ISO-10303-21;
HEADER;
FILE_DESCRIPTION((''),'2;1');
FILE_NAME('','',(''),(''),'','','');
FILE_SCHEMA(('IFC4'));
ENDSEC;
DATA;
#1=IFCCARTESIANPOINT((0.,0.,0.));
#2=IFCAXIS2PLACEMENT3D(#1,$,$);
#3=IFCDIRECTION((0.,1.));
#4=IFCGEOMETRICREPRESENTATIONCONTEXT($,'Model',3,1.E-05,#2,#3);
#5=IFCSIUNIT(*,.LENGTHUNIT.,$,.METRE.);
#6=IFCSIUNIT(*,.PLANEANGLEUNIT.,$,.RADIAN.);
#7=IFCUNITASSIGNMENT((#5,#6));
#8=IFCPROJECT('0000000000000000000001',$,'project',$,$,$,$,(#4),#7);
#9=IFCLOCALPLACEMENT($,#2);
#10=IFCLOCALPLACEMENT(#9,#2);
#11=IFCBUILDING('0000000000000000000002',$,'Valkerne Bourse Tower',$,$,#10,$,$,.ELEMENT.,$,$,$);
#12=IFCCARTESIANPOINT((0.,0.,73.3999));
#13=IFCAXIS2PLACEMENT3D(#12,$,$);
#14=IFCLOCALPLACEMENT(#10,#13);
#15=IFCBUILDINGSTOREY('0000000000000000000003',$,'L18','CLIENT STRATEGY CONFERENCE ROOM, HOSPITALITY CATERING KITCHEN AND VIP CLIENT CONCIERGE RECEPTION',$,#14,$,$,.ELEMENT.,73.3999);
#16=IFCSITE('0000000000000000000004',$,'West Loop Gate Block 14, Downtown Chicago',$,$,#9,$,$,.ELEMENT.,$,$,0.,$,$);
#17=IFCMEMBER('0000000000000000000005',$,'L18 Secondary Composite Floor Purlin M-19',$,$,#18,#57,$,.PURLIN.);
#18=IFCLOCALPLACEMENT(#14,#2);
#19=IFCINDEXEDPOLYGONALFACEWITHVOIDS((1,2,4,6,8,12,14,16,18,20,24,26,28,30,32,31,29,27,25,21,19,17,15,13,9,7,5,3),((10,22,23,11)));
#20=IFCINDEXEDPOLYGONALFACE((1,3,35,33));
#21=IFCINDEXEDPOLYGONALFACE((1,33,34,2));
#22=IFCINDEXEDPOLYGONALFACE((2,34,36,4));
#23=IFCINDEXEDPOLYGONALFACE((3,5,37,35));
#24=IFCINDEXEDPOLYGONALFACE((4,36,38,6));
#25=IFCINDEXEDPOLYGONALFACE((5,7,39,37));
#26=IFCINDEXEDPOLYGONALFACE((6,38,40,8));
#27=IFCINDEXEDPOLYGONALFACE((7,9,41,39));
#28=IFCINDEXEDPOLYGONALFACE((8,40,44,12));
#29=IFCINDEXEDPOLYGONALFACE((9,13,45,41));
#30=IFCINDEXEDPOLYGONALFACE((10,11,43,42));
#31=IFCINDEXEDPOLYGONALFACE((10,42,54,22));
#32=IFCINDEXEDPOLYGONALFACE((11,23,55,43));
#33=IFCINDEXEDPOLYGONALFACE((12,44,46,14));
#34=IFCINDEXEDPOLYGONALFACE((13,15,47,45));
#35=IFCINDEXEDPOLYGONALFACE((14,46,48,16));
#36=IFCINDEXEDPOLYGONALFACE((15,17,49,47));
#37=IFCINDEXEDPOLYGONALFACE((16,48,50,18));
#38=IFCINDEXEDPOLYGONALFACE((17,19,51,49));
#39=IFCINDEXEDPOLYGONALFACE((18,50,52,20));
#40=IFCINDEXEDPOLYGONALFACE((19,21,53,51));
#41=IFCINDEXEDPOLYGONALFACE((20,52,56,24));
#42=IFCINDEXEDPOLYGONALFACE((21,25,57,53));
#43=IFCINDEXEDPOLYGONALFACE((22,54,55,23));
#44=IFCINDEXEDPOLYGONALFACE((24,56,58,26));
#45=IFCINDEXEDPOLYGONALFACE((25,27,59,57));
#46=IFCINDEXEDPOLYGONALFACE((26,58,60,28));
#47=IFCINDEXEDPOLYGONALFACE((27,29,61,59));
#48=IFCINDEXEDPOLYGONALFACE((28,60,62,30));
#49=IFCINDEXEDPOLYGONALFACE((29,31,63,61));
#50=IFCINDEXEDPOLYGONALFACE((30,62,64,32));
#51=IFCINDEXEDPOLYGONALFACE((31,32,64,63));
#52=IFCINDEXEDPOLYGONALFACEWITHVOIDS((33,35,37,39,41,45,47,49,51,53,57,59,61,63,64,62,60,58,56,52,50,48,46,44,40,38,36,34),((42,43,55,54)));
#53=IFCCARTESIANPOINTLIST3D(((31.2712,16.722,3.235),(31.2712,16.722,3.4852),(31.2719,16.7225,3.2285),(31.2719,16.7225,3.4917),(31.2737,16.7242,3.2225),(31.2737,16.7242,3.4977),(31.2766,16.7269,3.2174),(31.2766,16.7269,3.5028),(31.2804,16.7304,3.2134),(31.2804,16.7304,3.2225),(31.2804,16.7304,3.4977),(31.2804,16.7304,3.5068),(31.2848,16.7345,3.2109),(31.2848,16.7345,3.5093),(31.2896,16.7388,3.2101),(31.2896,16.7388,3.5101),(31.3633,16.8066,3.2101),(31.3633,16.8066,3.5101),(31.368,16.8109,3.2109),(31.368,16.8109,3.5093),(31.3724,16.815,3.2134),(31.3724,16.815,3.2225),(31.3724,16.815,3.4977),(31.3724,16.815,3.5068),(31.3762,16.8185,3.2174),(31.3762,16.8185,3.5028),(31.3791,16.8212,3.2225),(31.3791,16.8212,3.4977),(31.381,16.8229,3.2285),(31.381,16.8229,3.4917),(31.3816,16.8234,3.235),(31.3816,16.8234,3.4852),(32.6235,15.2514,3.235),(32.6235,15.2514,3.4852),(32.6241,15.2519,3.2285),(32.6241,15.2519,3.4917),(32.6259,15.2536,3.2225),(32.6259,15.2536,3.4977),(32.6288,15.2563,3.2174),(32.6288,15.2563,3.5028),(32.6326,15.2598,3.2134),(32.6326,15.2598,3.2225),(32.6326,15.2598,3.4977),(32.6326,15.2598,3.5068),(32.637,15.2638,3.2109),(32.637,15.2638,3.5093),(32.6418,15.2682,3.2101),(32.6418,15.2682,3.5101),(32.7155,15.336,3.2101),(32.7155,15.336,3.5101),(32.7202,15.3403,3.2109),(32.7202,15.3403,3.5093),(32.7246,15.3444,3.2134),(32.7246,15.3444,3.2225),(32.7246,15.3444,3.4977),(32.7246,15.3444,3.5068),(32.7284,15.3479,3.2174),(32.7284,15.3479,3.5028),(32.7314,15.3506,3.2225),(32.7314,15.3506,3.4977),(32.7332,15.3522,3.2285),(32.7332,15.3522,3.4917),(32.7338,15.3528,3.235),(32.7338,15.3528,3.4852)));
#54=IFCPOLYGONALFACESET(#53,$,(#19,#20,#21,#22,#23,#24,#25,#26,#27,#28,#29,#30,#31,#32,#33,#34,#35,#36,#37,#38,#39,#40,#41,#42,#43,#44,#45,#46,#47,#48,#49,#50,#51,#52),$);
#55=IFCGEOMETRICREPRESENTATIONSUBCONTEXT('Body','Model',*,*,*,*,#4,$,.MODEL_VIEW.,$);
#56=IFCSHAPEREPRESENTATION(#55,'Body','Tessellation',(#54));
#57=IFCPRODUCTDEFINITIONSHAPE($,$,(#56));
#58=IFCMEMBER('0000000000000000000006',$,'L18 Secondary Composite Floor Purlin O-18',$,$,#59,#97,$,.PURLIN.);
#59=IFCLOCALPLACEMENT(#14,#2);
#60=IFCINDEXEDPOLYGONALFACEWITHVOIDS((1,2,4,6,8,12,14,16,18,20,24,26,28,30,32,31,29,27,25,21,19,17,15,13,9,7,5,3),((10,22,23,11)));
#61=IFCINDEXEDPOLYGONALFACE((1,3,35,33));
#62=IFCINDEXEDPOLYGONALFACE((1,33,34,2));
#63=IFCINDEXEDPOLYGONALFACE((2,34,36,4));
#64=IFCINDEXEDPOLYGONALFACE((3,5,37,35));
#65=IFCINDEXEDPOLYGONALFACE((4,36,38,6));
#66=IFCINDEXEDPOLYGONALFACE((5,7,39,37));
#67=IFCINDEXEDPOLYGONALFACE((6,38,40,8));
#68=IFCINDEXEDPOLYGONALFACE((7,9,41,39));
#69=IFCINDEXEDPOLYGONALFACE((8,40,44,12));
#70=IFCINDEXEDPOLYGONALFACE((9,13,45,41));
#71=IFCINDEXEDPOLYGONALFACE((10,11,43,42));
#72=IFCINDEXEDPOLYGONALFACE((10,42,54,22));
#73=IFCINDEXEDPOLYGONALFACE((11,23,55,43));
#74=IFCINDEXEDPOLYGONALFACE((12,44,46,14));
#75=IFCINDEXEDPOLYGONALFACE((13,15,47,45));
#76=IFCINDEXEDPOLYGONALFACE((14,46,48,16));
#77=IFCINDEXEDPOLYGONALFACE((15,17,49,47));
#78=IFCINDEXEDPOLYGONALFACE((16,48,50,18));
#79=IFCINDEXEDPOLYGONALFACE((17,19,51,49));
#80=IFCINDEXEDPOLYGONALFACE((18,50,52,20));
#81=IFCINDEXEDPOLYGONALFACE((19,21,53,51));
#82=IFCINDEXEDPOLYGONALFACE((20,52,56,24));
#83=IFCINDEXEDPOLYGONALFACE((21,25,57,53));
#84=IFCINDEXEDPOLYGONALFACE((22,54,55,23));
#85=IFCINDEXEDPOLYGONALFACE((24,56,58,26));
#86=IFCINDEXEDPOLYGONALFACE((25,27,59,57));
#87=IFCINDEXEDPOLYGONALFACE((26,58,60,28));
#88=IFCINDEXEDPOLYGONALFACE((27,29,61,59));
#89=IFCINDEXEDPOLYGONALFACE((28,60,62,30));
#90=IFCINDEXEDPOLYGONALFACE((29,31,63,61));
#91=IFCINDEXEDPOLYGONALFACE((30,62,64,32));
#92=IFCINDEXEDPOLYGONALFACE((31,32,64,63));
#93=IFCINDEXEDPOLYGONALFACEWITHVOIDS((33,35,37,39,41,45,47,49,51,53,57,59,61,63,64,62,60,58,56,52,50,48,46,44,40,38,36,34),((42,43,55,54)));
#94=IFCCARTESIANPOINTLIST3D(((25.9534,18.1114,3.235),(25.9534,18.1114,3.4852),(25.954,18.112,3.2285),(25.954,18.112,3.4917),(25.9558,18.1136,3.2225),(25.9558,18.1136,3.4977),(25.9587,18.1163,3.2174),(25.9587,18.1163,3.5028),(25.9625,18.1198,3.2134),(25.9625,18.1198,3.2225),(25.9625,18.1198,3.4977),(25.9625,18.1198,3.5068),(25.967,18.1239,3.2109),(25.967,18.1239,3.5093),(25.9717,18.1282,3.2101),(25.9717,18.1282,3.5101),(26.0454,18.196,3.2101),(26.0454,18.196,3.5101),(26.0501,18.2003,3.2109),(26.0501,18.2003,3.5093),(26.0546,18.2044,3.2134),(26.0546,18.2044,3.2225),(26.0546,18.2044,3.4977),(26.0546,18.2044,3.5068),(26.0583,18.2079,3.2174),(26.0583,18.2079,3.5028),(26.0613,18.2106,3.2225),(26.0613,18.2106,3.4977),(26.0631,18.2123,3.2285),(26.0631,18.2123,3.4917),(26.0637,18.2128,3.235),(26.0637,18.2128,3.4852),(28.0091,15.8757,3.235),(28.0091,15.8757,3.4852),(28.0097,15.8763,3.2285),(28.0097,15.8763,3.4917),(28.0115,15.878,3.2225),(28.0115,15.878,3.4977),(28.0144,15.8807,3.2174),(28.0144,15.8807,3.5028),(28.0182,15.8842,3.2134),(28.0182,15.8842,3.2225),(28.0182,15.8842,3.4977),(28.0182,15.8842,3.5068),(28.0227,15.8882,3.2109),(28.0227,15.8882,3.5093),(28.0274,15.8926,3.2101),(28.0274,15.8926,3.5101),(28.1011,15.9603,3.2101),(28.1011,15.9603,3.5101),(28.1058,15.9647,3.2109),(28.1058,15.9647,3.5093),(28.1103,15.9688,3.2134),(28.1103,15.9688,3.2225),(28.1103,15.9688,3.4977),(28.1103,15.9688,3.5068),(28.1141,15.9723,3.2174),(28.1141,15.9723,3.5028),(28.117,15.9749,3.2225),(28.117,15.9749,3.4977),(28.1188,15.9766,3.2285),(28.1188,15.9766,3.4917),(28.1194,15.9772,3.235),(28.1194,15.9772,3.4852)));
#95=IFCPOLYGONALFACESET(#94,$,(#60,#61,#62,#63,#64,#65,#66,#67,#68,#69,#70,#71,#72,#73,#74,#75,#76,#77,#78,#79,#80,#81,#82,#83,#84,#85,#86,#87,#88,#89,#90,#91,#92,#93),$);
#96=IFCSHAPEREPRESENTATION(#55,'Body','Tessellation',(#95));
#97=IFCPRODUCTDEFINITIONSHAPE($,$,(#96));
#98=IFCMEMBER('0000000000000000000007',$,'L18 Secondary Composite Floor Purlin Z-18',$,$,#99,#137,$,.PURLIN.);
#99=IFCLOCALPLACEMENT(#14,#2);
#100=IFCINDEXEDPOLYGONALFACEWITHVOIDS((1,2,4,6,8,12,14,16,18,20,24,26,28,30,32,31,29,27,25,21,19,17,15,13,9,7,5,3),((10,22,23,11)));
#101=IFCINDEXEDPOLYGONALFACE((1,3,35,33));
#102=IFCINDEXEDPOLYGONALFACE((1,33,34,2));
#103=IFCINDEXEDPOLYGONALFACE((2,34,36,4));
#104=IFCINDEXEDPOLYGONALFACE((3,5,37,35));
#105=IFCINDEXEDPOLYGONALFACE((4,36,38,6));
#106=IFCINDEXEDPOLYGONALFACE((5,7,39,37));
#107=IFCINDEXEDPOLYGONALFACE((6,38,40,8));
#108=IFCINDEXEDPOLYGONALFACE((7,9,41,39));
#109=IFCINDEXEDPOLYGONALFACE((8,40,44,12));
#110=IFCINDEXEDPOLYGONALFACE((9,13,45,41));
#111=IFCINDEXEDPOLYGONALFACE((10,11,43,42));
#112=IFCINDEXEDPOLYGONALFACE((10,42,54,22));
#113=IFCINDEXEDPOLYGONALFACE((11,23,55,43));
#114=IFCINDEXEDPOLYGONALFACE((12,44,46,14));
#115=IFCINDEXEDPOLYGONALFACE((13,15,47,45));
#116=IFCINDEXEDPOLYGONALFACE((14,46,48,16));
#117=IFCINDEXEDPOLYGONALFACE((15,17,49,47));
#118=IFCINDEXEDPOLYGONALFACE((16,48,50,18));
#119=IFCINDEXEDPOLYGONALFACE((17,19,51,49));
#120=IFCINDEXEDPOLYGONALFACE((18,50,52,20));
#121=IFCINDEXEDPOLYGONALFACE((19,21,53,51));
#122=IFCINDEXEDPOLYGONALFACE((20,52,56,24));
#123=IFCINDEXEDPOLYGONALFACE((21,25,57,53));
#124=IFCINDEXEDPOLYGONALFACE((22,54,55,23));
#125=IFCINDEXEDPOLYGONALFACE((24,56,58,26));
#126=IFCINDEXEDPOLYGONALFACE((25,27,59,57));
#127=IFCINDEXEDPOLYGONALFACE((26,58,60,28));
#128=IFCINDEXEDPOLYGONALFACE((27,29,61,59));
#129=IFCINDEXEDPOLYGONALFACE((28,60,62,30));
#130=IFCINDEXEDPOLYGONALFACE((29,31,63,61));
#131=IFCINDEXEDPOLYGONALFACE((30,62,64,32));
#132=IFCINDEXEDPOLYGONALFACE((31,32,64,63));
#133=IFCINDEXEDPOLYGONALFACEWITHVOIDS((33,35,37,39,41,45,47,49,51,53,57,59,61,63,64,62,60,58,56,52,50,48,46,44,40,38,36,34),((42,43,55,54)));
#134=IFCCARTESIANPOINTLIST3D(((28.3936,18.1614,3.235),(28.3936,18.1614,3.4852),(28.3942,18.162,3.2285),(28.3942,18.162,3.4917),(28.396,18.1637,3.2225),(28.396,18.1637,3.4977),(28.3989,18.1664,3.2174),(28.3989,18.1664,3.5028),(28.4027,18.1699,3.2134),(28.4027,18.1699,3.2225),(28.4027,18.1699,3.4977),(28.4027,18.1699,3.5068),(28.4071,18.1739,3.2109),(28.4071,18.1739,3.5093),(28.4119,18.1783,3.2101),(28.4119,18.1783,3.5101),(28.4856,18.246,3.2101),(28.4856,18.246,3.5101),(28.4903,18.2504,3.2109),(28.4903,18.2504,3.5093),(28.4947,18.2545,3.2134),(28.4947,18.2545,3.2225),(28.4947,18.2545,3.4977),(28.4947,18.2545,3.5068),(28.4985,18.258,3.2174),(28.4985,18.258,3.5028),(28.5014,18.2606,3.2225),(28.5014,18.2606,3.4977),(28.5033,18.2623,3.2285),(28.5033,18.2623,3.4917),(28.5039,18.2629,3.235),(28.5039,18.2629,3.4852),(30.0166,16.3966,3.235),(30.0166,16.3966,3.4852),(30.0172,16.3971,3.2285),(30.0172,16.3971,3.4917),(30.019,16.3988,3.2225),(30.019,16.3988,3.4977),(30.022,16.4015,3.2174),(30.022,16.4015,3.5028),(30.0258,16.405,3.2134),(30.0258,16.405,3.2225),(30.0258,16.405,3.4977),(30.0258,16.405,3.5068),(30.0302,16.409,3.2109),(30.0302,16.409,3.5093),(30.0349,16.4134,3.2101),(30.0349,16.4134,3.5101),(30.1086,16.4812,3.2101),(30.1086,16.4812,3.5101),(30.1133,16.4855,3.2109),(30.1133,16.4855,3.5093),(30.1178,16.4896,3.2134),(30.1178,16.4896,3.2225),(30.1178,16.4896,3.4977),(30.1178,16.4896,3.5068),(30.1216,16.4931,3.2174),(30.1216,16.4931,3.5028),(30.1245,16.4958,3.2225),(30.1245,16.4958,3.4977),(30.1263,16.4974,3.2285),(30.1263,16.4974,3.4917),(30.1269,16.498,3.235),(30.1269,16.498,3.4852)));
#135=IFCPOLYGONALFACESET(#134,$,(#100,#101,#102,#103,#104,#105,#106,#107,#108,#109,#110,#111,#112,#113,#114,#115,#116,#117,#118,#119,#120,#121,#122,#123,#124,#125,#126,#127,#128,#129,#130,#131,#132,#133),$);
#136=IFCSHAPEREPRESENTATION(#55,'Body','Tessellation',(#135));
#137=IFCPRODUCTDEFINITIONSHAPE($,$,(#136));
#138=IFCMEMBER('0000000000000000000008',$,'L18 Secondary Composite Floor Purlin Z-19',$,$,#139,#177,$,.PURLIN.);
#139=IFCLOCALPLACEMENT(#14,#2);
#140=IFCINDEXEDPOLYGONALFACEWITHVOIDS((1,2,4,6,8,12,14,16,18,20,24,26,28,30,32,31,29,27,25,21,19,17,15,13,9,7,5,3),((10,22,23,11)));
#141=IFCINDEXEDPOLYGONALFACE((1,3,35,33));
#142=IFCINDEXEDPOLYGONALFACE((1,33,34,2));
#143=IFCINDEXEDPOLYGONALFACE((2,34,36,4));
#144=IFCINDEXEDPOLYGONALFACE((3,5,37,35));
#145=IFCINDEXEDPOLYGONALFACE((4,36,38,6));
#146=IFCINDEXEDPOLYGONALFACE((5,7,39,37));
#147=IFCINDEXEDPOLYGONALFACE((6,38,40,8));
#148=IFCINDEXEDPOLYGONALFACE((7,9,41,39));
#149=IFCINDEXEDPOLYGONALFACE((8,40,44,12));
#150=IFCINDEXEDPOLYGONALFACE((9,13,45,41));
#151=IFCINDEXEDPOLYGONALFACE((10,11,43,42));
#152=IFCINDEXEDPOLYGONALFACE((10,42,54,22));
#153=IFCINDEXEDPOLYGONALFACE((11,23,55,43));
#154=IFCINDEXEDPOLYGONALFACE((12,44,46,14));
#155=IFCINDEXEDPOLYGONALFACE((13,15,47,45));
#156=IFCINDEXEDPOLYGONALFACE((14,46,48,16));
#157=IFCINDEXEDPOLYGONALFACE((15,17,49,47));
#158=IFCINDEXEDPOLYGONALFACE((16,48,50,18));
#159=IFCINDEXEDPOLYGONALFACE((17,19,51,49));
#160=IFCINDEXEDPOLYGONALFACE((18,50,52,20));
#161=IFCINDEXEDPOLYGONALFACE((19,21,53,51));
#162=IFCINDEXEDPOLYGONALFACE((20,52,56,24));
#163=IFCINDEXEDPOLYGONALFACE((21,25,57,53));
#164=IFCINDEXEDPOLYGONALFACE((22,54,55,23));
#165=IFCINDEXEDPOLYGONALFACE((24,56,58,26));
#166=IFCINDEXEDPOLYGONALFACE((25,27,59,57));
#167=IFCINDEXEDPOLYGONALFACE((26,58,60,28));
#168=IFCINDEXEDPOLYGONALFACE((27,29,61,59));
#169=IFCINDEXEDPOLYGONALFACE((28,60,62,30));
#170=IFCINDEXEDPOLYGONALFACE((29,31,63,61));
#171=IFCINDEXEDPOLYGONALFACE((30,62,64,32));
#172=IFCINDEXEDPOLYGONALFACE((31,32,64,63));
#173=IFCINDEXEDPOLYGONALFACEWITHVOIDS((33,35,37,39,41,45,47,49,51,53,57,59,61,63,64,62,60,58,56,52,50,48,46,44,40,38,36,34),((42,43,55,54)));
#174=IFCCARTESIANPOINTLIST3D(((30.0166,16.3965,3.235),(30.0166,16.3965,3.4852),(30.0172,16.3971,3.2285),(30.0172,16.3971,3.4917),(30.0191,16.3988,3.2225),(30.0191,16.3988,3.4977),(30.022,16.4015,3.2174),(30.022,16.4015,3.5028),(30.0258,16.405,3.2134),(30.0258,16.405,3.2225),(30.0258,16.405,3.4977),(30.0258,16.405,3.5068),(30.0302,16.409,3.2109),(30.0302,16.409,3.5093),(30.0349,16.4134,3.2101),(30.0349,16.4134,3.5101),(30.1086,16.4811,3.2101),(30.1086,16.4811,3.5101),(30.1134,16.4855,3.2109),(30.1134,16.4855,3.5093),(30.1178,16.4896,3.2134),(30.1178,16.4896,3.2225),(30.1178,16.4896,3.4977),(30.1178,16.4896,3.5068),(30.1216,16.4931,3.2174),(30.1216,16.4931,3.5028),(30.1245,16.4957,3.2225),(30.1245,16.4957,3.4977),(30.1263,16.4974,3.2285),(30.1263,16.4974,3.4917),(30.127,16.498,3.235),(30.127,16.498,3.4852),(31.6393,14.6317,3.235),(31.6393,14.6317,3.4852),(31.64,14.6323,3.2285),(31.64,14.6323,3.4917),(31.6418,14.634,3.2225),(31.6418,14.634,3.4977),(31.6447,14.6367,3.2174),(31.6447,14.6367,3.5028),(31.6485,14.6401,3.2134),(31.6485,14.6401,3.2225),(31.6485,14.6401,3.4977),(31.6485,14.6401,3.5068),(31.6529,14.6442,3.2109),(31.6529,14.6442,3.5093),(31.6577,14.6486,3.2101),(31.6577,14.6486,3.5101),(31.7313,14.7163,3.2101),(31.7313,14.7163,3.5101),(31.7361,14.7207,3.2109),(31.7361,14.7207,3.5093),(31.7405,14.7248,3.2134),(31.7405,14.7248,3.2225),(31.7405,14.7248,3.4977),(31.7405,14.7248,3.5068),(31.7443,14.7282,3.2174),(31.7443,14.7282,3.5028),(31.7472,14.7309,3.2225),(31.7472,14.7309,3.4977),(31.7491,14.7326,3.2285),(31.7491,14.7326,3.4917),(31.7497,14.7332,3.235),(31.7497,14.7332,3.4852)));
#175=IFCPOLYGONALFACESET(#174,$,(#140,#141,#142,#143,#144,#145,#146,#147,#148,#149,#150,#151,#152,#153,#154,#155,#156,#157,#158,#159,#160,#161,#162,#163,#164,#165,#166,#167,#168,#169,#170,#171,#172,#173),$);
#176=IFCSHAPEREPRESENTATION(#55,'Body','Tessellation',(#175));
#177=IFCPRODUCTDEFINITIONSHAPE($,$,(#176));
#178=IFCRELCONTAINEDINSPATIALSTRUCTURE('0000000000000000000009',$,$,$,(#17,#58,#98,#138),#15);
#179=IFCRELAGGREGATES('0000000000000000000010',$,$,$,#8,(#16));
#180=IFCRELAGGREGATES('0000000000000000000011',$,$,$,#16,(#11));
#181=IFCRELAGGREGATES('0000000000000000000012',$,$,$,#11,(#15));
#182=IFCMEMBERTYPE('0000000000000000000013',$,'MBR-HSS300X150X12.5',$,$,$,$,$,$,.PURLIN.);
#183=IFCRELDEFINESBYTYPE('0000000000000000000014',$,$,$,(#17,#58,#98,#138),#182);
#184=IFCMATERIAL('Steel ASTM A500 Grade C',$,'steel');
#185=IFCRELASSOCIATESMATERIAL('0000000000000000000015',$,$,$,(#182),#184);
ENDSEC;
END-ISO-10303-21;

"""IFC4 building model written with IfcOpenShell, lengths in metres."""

from ifc_helpers import new_model, si_unit, direction, frame, origin, origin_2d, place, context, subcontext, project, spatial, hollow_rectangle, extrude, material, material_profile, profile_set, type_object, element, save


model = new_model("IFC4")

# Units and contexts
model_context = context("Model", 3, precision=1e-05, world=origin(), true_north=direction((0.0, 1.0)))
body_context = subcontext(model_context, "Body", "Model", "MODEL_VIEW")
ifc_project = project(units=[si_unit("LENGTHUNIT", "METRE"), si_unit("PLANEANGLEUNIT", "RADIAN")], contexts=[model_context])

# Site, building, storey
site_placement = place(None, origin())
site = spatial("IfcSite", under=ifc_project, at=site_placement, Name="West Loop Gate Block 14, Downtown Chicago", CompositionType="ELEMENT", RefElevation=0.0)
building_placement = place(site_placement, origin())
building = spatial("IfcBuilding", under=site, at=building_placement, Name="Valkerne Bourse Tower", CompositionType="ELEMENT")
storey_placement = place(building_placement, frame((0.0, 0.0, 73.3999)))
storey = spatial("IfcBuildingStorey", under=building, at=storey_placement, Name="L18", Description="CLIENT STRATEGY CONFERENCE ROOM, HOSPITALITY CATERING KITCHEN AND VIP CLIENT CONCIERGE RECEPTION", CompositionType="ELEMENT", Elevation=73.3999)

# Members
ifc_material_1 = material(Name="Steel ASTM A500 Grade C", Category="steel")
ifc_material_profile_1 = material_profile(ifc_material_1, hollow_rectangle(XDim=0.1499, YDim=0.3, WallThickness=0.0125, OuterFilletRadius=0.0249, at=origin_2d()), Name="HSS300X150X12.5")
ifc_profile_set_1 = profile_set([ifc_material_profile_1], Name="Steel ASTM A500 Grade C")
member_type_1 = type_object("IfcMemberType", Name="MBR-HSS300X150X12.5", PredefinedType="PURLIN", material=ifc_profile_set_1)
for number, where, z_axis, x_axis, name in (
    (1, (31.3264, 16.7727, 3.3601), (0.676853, -0.736119, 0.0), (0.736119, 0.676853, 0.0), "L18 Secondary Composite Floor Purlin M-19"),
):
    element("IfcMember", number, at=place(storey_placement, frame(where, z_axis=z_axis, x_axis=x_axis)), inside=storey, type_object=member_type_1, Name=name, PredefinedType="PURLIN", context=body_context, shape_type="SweptSolid", body=[
        extrude(hollow_rectangle(XDim=0.1499, YDim=0.3, WallThickness=0.0125, OuterFilletRadius=0.0249, at=origin_2d()), origin(), (0.0, 0.0, 1.0), 1.9978),
    ])
member_1_placement = place(storey_placement, frame((26.0085, 18.1621, 3.3601), z_axis=(0.676863, -0.736109, 0.0), x_axis=(0.736109, 0.676863, 0.0)))
element("IfcMember", 2, at=member_1_placement, inside=storey, type_object=member_type_1, Name="L18 Secondary Composite Floor Purlin O-18", PredefinedType="PURLIN", context=body_context, shape_type="SweptSolid", body=[
    extrude(hollow_rectangle(XDim=0.1499, YDim=0.3, WallThickness=0.0125, OuterFilletRadius=0.0249, at=origin_2d()), origin(), (0.0, 0.0, 1.0), 3.0371),
])
member_2_placement = place(storey_placement, frame((28.4487, 18.2122, 3.3601), z_axis=(0.676909, -0.736067, 0.0), x_axis=(0.736067, 0.676909, 0.0)))
element("IfcMember", 3, at=member_2_placement, inside=storey, type_object=member_type_1, Name="L18 Secondary Composite Floor Purlin Z-18", PredefinedType="PURLIN", context=body_context, shape_type="SweptSolid", body=[
    extrude(hollow_rectangle(XDim=0.1499, YDim=0.3, WallThickness=0.0125, OuterFilletRadius=0.0249, at=origin_2d()), origin(), (0.0, 0.0, 1.0), 2.3977),
])
member_3_placement = place(storey_placement, frame((30.0718, 16.4473, 3.3601), z_axis=(0.676854, -0.736118, 0.0), x_axis=(0.736118, 0.676854, 0.0)))
element("IfcMember", 4, at=member_3_placement, inside=storey, type_object=member_type_1, Name="L18 Secondary Composite Floor Purlin Z-19", PredefinedType="PURLIN", context=body_context, shape_type="SweptSolid", body=[
    extrude(hollow_rectangle(XDim=0.1499, YDim=0.3, WallThickness=0.0125, OuterFilletRadius=0.0249, at=origin_2d()), origin(), (0.0, 0.0, 1.0), 2.3975),
])

save(model, "model.ifc")
